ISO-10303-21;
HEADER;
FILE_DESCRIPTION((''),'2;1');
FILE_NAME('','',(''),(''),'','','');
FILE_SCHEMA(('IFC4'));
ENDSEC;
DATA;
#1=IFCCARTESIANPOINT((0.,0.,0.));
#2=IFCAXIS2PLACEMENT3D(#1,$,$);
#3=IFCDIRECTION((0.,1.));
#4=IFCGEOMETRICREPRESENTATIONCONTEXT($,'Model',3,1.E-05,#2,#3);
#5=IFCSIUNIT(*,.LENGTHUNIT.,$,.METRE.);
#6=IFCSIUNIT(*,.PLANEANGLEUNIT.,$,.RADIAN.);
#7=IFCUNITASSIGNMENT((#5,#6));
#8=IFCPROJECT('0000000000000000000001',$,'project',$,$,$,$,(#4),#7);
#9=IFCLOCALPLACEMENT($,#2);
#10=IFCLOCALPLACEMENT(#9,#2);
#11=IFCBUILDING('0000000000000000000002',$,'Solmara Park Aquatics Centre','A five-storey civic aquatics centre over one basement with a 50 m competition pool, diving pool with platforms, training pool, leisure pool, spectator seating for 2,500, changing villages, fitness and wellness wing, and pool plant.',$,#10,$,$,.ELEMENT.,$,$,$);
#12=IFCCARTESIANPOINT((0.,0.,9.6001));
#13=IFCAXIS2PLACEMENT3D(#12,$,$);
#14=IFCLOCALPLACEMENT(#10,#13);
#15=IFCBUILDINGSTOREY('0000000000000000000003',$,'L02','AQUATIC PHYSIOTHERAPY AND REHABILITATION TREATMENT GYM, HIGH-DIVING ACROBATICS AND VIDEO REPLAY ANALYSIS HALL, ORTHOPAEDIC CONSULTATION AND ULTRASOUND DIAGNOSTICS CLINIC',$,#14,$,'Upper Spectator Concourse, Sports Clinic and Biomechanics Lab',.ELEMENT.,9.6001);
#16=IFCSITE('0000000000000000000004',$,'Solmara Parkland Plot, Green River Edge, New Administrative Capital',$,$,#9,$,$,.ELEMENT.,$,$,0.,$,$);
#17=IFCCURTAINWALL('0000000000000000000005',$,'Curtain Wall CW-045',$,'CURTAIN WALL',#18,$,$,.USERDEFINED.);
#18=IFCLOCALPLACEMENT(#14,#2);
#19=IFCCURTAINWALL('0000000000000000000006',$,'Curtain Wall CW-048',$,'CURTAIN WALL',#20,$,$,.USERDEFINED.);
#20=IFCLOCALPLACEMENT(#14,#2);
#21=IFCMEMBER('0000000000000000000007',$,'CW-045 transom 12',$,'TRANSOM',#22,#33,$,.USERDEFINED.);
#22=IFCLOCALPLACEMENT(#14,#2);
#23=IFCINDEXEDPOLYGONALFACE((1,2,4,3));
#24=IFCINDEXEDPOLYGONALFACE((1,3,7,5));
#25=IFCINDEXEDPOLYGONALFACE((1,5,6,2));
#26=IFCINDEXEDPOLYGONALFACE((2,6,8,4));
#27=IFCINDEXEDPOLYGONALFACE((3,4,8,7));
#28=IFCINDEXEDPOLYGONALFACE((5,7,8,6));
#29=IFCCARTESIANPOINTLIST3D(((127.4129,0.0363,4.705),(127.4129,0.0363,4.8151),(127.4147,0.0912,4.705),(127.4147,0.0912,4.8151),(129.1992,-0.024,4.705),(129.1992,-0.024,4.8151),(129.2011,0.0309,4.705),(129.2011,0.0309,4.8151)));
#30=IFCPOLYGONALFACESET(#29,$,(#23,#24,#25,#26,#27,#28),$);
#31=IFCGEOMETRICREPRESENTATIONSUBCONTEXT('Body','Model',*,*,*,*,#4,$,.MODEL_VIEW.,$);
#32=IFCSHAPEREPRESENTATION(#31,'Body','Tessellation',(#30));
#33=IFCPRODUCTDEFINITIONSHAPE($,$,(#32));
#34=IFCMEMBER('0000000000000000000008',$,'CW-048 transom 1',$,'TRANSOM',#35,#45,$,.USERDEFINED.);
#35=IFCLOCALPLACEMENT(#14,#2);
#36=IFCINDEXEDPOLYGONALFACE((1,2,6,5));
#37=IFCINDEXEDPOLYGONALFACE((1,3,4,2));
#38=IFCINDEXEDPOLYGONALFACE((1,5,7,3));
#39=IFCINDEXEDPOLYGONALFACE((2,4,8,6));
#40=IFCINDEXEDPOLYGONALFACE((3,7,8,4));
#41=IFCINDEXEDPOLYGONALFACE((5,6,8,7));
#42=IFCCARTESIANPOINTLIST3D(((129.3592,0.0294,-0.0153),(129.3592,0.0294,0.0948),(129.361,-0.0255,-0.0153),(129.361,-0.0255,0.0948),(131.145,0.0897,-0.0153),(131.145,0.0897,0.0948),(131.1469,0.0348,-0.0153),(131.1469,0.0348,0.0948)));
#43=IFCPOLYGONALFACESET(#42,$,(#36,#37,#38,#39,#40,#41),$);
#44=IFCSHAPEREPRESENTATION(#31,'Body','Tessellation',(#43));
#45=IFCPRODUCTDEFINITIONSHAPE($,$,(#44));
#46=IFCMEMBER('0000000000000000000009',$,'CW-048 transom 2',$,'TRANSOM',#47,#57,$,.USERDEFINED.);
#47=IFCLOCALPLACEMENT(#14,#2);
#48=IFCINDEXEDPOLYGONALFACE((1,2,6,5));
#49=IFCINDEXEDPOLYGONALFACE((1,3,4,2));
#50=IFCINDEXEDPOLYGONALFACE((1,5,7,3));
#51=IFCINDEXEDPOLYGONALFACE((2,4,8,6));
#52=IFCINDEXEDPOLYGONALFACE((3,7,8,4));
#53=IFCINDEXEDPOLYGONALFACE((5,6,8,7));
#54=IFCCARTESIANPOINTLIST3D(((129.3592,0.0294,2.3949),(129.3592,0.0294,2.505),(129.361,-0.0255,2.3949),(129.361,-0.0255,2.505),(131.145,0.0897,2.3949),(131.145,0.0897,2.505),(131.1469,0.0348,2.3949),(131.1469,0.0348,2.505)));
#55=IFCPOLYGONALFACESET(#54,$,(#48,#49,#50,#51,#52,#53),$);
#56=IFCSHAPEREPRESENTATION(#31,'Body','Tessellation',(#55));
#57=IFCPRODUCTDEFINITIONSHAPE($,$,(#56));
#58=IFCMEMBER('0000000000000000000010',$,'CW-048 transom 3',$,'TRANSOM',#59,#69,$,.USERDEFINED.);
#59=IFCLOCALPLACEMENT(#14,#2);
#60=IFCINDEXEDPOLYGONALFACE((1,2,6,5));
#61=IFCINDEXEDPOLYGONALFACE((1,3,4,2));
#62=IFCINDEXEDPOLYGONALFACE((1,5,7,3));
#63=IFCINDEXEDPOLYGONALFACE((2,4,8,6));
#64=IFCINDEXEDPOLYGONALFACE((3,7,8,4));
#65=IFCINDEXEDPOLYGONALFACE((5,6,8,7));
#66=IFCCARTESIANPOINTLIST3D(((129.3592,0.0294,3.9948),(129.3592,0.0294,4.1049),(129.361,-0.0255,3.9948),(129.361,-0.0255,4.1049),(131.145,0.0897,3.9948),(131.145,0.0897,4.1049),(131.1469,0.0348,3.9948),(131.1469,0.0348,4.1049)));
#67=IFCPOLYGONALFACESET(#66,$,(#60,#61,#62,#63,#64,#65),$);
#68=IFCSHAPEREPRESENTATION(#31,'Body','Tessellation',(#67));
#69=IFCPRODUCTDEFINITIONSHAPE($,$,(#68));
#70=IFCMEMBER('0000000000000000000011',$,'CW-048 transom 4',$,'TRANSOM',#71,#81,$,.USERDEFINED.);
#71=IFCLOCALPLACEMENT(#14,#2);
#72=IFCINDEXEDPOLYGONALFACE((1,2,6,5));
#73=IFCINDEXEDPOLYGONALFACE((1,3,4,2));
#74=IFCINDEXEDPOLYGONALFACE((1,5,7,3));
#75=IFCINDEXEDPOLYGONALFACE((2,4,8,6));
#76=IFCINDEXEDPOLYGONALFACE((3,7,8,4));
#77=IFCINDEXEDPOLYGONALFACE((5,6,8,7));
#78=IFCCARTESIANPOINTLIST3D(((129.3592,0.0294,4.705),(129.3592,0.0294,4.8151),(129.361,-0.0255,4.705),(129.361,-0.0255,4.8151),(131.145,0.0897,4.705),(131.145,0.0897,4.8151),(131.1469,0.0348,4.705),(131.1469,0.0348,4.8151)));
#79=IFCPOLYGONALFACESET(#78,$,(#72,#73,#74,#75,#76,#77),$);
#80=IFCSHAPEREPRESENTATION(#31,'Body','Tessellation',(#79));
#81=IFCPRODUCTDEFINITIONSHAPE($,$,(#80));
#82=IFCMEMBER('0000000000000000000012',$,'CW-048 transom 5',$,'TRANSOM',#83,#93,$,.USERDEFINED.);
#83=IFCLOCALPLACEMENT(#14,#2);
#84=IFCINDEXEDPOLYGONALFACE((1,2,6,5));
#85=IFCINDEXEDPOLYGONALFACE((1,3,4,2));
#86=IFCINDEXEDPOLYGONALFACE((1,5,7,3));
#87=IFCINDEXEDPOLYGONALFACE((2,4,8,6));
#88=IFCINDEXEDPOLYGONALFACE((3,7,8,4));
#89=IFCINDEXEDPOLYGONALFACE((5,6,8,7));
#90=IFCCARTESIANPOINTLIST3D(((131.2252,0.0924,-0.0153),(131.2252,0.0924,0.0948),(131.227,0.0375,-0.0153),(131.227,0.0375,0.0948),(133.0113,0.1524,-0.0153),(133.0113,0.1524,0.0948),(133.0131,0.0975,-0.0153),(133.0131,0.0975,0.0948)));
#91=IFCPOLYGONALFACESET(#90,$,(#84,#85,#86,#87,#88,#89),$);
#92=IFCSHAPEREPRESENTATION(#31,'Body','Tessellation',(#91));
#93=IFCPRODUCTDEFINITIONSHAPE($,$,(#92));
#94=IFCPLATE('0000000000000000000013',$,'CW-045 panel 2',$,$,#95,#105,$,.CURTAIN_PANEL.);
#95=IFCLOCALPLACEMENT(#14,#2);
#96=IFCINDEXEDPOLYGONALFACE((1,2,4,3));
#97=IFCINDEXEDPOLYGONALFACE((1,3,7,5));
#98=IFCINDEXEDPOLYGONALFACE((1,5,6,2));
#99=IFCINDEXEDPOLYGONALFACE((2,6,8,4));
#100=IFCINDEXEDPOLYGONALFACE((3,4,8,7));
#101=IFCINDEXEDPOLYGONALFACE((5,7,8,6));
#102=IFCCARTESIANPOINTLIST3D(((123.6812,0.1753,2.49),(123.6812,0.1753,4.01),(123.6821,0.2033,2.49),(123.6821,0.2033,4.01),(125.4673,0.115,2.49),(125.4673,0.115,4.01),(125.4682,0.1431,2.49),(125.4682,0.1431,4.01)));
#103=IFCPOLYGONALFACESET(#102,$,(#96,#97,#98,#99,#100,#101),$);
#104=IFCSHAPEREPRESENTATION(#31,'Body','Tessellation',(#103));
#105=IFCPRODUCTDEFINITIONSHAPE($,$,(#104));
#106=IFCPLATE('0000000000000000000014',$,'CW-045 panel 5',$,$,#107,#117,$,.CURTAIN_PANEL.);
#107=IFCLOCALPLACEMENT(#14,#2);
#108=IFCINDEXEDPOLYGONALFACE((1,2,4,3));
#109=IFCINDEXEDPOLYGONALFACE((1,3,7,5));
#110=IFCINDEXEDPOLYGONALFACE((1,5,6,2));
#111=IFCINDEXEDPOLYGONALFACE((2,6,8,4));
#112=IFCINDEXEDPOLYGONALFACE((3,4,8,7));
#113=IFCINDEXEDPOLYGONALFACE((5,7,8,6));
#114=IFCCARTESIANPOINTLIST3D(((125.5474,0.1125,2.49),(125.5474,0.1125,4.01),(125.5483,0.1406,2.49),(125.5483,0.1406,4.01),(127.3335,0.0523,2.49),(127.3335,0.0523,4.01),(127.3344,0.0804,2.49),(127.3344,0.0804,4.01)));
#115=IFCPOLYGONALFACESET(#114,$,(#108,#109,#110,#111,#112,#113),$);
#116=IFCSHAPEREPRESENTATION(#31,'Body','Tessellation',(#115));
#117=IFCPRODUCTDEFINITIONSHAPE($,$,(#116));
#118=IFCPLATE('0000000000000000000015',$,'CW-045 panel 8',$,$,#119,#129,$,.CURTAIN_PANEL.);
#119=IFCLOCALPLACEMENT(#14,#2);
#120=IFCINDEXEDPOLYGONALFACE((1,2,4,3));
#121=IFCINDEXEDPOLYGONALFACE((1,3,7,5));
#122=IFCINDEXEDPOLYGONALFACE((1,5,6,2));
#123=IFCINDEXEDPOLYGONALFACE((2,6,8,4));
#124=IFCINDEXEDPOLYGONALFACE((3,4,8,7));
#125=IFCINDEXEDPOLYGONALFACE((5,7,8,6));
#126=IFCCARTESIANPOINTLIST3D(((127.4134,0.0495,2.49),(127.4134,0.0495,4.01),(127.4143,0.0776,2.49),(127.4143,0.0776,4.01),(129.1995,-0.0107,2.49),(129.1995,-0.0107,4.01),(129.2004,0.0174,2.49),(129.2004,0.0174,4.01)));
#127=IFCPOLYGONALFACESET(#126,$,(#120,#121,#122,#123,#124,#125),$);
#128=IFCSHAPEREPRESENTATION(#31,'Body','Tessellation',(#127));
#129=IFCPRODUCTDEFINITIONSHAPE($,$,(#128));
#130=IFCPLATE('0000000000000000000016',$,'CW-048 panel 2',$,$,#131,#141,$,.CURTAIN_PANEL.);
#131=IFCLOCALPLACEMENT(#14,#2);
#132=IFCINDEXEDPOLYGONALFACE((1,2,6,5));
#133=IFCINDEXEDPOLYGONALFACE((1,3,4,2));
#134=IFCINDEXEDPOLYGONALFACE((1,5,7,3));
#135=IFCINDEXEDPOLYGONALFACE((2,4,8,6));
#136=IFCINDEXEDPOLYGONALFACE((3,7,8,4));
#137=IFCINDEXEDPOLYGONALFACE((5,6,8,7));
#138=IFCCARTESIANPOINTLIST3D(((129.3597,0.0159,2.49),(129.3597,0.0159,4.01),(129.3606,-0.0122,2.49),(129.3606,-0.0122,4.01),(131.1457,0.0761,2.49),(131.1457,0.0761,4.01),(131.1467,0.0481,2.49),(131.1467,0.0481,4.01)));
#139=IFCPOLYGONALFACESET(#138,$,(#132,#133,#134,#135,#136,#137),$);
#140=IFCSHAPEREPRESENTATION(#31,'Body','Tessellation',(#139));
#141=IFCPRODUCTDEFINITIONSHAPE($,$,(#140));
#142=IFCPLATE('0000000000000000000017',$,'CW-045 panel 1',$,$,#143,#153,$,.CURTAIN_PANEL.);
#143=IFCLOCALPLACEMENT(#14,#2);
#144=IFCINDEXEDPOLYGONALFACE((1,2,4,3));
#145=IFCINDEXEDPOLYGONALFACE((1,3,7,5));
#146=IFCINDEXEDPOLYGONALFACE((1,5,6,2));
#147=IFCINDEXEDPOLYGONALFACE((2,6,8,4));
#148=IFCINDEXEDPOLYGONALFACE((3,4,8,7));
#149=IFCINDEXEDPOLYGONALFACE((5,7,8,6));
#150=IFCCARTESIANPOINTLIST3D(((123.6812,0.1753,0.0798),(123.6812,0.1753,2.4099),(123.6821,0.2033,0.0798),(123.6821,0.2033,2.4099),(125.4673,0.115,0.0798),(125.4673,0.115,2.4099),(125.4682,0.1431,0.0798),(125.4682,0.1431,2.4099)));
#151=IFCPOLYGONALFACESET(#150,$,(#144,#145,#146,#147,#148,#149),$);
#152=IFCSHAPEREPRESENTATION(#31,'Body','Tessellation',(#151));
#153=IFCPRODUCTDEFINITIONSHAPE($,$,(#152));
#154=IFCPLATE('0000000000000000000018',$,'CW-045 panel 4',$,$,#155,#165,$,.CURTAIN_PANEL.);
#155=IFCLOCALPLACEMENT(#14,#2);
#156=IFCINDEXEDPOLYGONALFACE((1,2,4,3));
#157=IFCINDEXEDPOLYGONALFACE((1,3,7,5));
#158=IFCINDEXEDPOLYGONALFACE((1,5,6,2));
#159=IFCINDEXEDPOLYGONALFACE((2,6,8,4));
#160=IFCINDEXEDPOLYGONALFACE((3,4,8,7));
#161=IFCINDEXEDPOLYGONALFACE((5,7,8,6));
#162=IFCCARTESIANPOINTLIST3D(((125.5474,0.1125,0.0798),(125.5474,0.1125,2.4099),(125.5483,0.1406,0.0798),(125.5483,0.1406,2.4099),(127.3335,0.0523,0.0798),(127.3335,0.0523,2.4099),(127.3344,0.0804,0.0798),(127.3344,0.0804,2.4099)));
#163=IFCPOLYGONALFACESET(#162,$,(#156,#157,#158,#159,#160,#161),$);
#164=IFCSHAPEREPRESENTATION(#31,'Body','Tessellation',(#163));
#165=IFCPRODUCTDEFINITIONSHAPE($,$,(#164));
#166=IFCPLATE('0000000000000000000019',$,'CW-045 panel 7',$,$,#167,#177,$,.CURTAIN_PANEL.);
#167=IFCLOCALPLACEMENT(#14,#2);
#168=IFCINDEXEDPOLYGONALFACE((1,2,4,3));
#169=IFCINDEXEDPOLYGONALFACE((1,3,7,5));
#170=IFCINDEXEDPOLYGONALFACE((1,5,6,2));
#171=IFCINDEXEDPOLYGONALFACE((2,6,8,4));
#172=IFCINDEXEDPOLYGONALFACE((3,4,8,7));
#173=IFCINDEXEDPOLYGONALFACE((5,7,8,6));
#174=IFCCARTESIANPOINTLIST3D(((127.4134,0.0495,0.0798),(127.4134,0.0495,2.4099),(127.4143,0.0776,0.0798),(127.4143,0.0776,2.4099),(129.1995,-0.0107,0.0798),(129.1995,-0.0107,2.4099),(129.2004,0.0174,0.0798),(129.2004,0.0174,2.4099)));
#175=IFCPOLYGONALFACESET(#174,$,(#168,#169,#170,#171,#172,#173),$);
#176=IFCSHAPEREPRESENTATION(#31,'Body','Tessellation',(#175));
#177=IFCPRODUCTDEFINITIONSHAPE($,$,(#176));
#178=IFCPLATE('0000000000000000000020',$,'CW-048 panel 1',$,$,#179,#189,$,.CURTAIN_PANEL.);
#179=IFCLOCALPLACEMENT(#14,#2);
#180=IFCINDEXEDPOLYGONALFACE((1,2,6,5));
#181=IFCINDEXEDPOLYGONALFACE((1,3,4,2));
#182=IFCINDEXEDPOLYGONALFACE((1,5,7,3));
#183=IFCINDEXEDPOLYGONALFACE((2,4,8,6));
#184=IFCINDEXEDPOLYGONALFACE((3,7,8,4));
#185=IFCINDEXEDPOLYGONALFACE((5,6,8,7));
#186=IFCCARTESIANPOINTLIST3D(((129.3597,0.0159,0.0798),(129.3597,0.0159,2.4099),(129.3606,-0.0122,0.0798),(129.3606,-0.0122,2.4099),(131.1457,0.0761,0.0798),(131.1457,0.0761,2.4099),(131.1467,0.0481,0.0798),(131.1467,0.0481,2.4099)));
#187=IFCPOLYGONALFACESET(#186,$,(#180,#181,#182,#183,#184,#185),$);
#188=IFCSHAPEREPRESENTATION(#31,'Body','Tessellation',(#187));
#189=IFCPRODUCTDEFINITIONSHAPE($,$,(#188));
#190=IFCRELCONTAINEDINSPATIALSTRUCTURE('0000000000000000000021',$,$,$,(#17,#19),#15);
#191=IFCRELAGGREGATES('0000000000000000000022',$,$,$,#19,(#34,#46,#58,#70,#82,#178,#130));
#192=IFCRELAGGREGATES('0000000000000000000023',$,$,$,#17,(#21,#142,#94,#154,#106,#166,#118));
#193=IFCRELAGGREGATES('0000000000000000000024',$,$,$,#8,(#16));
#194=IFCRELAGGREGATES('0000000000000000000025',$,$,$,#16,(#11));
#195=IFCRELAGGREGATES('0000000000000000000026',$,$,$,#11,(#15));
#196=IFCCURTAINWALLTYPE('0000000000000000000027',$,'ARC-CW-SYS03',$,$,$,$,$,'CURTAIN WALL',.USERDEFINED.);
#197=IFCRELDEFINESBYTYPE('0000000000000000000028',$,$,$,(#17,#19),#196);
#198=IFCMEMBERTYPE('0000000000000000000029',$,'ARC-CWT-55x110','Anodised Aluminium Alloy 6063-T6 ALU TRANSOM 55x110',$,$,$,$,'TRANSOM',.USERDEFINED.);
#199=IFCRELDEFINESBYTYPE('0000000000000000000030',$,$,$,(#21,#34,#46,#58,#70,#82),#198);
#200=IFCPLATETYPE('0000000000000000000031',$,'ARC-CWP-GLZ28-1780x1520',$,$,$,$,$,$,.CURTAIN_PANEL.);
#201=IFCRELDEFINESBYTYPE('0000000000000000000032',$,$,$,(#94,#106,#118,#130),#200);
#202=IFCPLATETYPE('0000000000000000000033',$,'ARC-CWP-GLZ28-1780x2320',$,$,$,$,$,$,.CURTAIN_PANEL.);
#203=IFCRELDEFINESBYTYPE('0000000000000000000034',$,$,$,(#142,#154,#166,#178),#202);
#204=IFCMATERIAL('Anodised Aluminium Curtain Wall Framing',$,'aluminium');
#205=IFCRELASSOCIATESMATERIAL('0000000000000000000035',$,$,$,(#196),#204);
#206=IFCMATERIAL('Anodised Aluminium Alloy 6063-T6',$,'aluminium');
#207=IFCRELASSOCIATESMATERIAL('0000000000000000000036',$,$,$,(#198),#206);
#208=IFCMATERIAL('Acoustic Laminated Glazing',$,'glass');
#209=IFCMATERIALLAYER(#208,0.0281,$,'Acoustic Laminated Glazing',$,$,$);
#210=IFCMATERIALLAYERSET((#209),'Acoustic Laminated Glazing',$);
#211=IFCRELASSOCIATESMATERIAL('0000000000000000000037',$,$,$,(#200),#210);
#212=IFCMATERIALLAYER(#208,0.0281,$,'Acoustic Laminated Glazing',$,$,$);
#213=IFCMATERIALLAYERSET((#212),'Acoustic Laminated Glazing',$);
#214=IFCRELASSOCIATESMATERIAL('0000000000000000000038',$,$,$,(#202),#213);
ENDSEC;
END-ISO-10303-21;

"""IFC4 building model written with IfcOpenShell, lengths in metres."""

from ifc_helpers import new_model, si_unit, direction, frame, origin, origin_2d, place, context, subcontext, project, spatial, rectangle, extrude, material, layer, layer_set, material_profile, profile_set, type_object, element, aggregate, save


model = new_model("IFC4")

# Units and contexts
model_context = context("Model", 3, precision=1e-05, world=origin(), true_north=direction((0.0, 1.0)))
body_context = subcontext(model_context, "Body", "Model", "MODEL_VIEW")
ifc_project = project(units=[si_unit("LENGTHUNIT", "METRE"), si_unit("PLANEANGLEUNIT", "RADIAN")], contexts=[model_context])

# Site, building, storey
site_placement = place(None, origin())
site = spatial("IfcSite", under=ifc_project, at=site_placement, Name="Solmara Parkland Plot, Green River Edge, New Administrative Capital", CompositionType="ELEMENT", RefElevation=0.0)
building_placement = place(site_placement, origin())
building = spatial("IfcBuilding", under=site, at=building_placement, Name="Solmara Park Aquatics Centre", Description="A five-storey civic aquatics centre over one basement with a 50 m competition pool, diving pool with platforms, training pool, leisure pool, spectator seating for 2,500, changing villages, fitness and wellness wing, and pool plant.", CompositionType="ELEMENT")
storey_placement = place(building_placement, frame((0.0, 0.0, 9.6001)))
storey = spatial("IfcBuildingStorey", under=building, at=storey_placement, Name="L02", Description="AQUATIC PHYSIOTHERAPY AND REHABILITATION TREATMENT GYM, HIGH-DIVING ACROBATICS AND VIDEO REPLAY ANALYSIS HALL, ORTHOPAEDIC CONSULTATION AND ULTRASOUND DIAGNOSTICS CLINIC", LongName="Upper Spectator Concourse, Sports Clinic and Biomechanics Lab", CompositionType="ELEMENT", Elevation=9.6001)

# Curtain walls
ifc_material_1 = material(Name="Anodised Aluminium Curtain Wall Framing", Category="aluminium")
curtain_wall_type = type_object("IfcCurtainWallType", Name="ARC-CW-SYS03", ElementType="CURTAIN WALL", PredefinedType="USERDEFINED", material=ifc_material_1)
curtain_wall_1_placement = place(storey_placement, origin())
curtain_wall_1 = element("IfcCurtainWall", 1, at=curtain_wall_1_placement, inside=storey, type_object=curtain_wall_type, Name="Curtain Wall CW-045", ObjectType="CURTAIN WALL", PredefinedType="USERDEFINED")
ifc_material_2 = material(Name="Anodised Aluminium Alloy 6063-T6", Category="aluminium")
curtain_wall_2_placement = place(storey_placement, origin())
curtain_wall_2 = element("IfcCurtainWall", 2, at=curtain_wall_2_placement, inside=storey, type_object=curtain_wall_type, Name="Curtain Wall CW-048", ObjectType="CURTAIN WALL", PredefinedType="USERDEFINED")

# Members
ifc_material_profile_1 = material_profile(ifc_material_2, rectangle(XDim=0.0549, YDim=0.1101, at=origin_2d()), Name="ALU TRANSOM 55x110")
ifc_profile_set_1 = profile_set([ifc_material_profile_1], Name="Anodised Aluminium Alloy 6063-T6")
member_type_1 = type_object("IfcMemberType", Name="ARC-CWT-55x110", Description="Anodised Aluminium Alloy 6063-T6 ALU TRANSOM 55x110", ElementType="TRANSOM", PredefinedType="USERDEFINED", material=ifc_profile_set_1)
member_1_placement = place(storey_placement, frame((127.4138, 0.0637, 4.76), z_axis=(0.999431, -0.033738, 0.0), x_axis=(0.033738, 0.999431, 0.0)))
member_1 = element("IfcMember", 3, at=member_1_placement, type_object=member_type_1, Name="CW-045 transom 12", ObjectType="TRANSOM", PredefinedType="USERDEFINED", context=body_context, shape_type="SweptSolid", body=[
    extrude(rectangle(XDim=0.0549, YDim=0.1101, at=origin_2d()), origin(), (0.0, 0.0, 1.0), 1.7874),
])
member_2_placement = place(storey_placement, frame((129.3601, 0.002, 0.0398), z_axis=(0.99943, 0.033747, 0.0), x_axis=(-0.033747, 0.99943, 0.0)))
member_2 = element("IfcMember", 4, at=member_2_placement, type_object=member_type_1, Name="CW-048 transom 1", ObjectType="TRANSOM", PredefinedType="USERDEFINED", context=body_context, shape_type="SweptSolid", body=[
    extrude(rectangle(XDim=0.0549, YDim=0.1101, at=origin_2d()), origin(), (0.0, 0.0, 1.0), 1.7869),
])
member_3_placement = place(storey_placement, frame((129.3601, 0.002, 2.45), z_axis=(0.99943, 0.033747, 0.0), x_axis=(-0.033747, 0.99943, 0.0)))
member_3 = element("IfcMember", 5, at=member_3_placement, type_object=member_type_1, Name="CW-048 transom 2", ObjectType="TRANSOM", PredefinedType="USERDEFINED", context=body_context, shape_type="SweptSolid", body=[
    extrude(rectangle(XDim=0.0549, YDim=0.1101, at=origin_2d()), origin(), (0.0, 0.0, 1.0), 1.7869),
])
member_4_placement = place(storey_placement, frame((129.3601, 0.002, 4.0498), z_axis=(0.99943, 0.033747, 0.0), x_axis=(-0.033747, 0.99943, 0.0)))
member_4 = element("IfcMember", 6, at=member_4_placement, type_object=member_type_1, Name="CW-048 transom 3", ObjectType="TRANSOM", PredefinedType="USERDEFINED", context=body_context, shape_type="SweptSolid", body=[
    extrude(rectangle(XDim=0.0549, YDim=0.1101, at=origin_2d()), origin(), (0.0, 0.0, 1.0), 1.7869),
])
member_5_placement = place(storey_placement, frame((129.3601, 0.002, 4.76), z_axis=(0.99943, 0.033747, 0.0), x_axis=(-0.033747, 0.99943, 0.0)))
member_5 = element("IfcMember", 7, at=member_5_placement, type_object=member_type_1, Name="CW-048 transom 4", ObjectType="TRANSOM", PredefinedType="USERDEFINED", context=body_context, shape_type="SweptSolid", body=[
    extrude(rectangle(XDim=0.0549, YDim=0.1101, at=origin_2d()), origin(), (0.0, 0.0, 1.0), 1.7869),
])
member_6_placement = place(storey_placement, frame((131.2261, 0.0649, 0.0398), z_axis=(0.999435, 0.033606, 0.0), x_axis=(-0.033606, 0.999435, 0.0)))
member_6 = element("IfcMember", 8, at=member_6_placement, type_object=member_type_1, Name="CW-048 transom 5", ObjectType="TRANSOM", PredefinedType="USERDEFINED", context=body_context, shape_type="SweptSolid", body=[
    extrude(rectangle(XDim=0.0549, YDim=0.1101, at=origin_2d()), origin(), (0.0, 0.0, 1.0), 1.7871),
])

# Plates
ifc_material_3 = material(Name="Acoustic Laminated Glazing", Category="glass")
ifc_layer_1 = layer(ifc_material_3, 0.0281, Name="Acoustic Laminated Glazing")
ifc_layer_set_1 = layer_set([ifc_layer_1], Name="Acoustic Laminated Glazing")
plate_type_1 = type_object("IfcPlateType", Name="ARC-CWP-GLZ28-1780x1520", PredefinedType="CURTAIN_PANEL", material=ifc_layer_set_1)
plate_1_placement = place(storey_placement, frame((124.5747, 0.1592, 2.49), z_axis=(0.0, 0.0, 1.0), x_axis=(0.999432, -0.033689, 0.0)))
plate_1 = element("IfcPlate", 9, at=plate_1_placement, type_object=plate_type_1, Name="CW-045 panel 2", PredefinedType="CURTAIN_PANEL", context=body_context, shape_type="SweptSolid", body=[
    extrude(rectangle(XDim=1.7871, YDim=0.0281, at=origin_2d()), origin(), (0.0, 0.0, 1.0), 1.52),
])
plate_2_placement = place(storey_placement, frame((126.4409, 0.0964, 2.49), z_axis=(0.0, 0.0, 1.0), x_axis=(0.999432, -0.033689, 0.0)))
plate_2 = element("IfcPlate", 10, at=plate_2_placement, type_object=plate_type_1, Name="CW-045 panel 5", PredefinedType="CURTAIN_PANEL", context=body_context, shape_type="SweptSolid", body=[
    extrude(rectangle(XDim=1.7871, YDim=0.0281, at=origin_2d()), origin(), (0.0, 0.0, 1.0), 1.52),
])
plate_3_placement = place(storey_placement, frame((128.3069, 0.0334, 2.49), z_axis=(0.0, 0.0, 1.0), x_axis=(0.999432, -0.033689, 0.0)))
plate_3 = element("IfcPlate", 11, at=plate_3_placement, type_object=plate_type_1, Name="CW-045 panel 8", PredefinedType="CURTAIN_PANEL", context=body_context, shape_type="SweptSolid", body=[
    extrude(rectangle(XDim=1.7871, YDim=0.0281, at=origin_2d()), origin(), (0.0, 0.0, 1.0), 1.52),
])
plate_4_placement = place(storey_placement, frame((130.2532, 0.032, 2.49), z_axis=(0.0, 0.0, 1.0), x_axis=(0.999432, 0.033689, 0.0)))
plate_4 = element("IfcPlate", 12, at=plate_4_placement, type_object=plate_type_1, Name="CW-048 panel 2", PredefinedType="CURTAIN_PANEL", context=body_context, shape_type="SweptSolid", body=[
    extrude(rectangle(XDim=1.7871, YDim=0.0281, at=origin_2d()), origin(), (0.0, 0.0, 1.0), 1.52),
])
ifc_layer_2 = layer(ifc_material_3, 0.0281, Name="Acoustic Laminated Glazing")
ifc_layer_set_2 = layer_set([ifc_layer_2], Name="Acoustic Laminated Glazing")
plate_type_2 = type_object("IfcPlateType", Name="ARC-CWP-GLZ28-1780x2320", PredefinedType="CURTAIN_PANEL", material=ifc_layer_set_2)
plate_5_placement = place(storey_placement, frame((124.5747, 0.1592, 0.0798), z_axis=(0.0, 0.0, 1.0), x_axis=(0.999432, -0.033689, 0.0)))
plate_5 = element("IfcPlate", 13, at=plate_5_placement, type_object=plate_type_2, Name="CW-045 panel 1", PredefinedType="CURTAIN_PANEL", context=body_context, shape_type="SweptSolid", body=[
    extrude(rectangle(XDim=1.7871, YDim=0.0281, at=origin_2d()), origin(), (0.0, 0.0, 1.0), 2.3301),
])
plate_6_placement = place(storey_placement, frame((126.4409, 0.0964, 0.0798), z_axis=(0.0, 0.0, 1.0), x_axis=(0.999432, -0.033689, 0.0)))
plate_6 = element("IfcPlate", 14, at=plate_6_placement, type_object=plate_type_2, Name="CW-045 panel 4", PredefinedType="CURTAIN_PANEL", context=body_context, shape_type="SweptSolid", body=[
    extrude(rectangle(XDim=1.7871, YDim=0.0281, at=origin_2d()), origin(), (0.0, 0.0, 1.0), 2.3301),
])
plate_7_placement = place(storey_placement, frame((128.3069, 0.0334, 0.0798), z_axis=(0.0, 0.0, 1.0), x_axis=(0.999432, -0.033689, 0.0)))
plate_7 = element("IfcPlate", 15, at=plate_7_placement, type_object=plate_type_2, Name="CW-045 panel 7", PredefinedType="CURTAIN_PANEL", context=body_context, shape_type="SweptSolid", body=[
    extrude(rectangle(XDim=1.7871, YDim=0.0281, at=origin_2d()), origin(), (0.0, 0.0, 1.0), 2.3301),
])
plate_8_placement = place(storey_placement, frame((130.2532, 0.032, 0.0798), z_axis=(0.0, 0.0, 1.0), x_axis=(0.999432, 0.033689, 0.0)))
plate_8 = element("IfcPlate", 16, at=plate_8_placement, type_object=plate_type_2, Name="CW-048 panel 1", PredefinedType="CURTAIN_PANEL", context=body_context, shape_type="SweptSolid", body=[
    extrude(rectangle(XDim=1.7871, YDim=0.0281, at=origin_2d()), origin(), (0.0, 0.0, 1.0), 2.3301),
])
aggregate(curtain_wall_2, [member_2, member_3, member_4, member_5, member_6, plate_8, plate_4])
aggregate(curtain_wall_1, [member_1, plate_5, plate_1, plate_6, plate_2, plate_7, plate_3])

save(model, "model.ifc")
